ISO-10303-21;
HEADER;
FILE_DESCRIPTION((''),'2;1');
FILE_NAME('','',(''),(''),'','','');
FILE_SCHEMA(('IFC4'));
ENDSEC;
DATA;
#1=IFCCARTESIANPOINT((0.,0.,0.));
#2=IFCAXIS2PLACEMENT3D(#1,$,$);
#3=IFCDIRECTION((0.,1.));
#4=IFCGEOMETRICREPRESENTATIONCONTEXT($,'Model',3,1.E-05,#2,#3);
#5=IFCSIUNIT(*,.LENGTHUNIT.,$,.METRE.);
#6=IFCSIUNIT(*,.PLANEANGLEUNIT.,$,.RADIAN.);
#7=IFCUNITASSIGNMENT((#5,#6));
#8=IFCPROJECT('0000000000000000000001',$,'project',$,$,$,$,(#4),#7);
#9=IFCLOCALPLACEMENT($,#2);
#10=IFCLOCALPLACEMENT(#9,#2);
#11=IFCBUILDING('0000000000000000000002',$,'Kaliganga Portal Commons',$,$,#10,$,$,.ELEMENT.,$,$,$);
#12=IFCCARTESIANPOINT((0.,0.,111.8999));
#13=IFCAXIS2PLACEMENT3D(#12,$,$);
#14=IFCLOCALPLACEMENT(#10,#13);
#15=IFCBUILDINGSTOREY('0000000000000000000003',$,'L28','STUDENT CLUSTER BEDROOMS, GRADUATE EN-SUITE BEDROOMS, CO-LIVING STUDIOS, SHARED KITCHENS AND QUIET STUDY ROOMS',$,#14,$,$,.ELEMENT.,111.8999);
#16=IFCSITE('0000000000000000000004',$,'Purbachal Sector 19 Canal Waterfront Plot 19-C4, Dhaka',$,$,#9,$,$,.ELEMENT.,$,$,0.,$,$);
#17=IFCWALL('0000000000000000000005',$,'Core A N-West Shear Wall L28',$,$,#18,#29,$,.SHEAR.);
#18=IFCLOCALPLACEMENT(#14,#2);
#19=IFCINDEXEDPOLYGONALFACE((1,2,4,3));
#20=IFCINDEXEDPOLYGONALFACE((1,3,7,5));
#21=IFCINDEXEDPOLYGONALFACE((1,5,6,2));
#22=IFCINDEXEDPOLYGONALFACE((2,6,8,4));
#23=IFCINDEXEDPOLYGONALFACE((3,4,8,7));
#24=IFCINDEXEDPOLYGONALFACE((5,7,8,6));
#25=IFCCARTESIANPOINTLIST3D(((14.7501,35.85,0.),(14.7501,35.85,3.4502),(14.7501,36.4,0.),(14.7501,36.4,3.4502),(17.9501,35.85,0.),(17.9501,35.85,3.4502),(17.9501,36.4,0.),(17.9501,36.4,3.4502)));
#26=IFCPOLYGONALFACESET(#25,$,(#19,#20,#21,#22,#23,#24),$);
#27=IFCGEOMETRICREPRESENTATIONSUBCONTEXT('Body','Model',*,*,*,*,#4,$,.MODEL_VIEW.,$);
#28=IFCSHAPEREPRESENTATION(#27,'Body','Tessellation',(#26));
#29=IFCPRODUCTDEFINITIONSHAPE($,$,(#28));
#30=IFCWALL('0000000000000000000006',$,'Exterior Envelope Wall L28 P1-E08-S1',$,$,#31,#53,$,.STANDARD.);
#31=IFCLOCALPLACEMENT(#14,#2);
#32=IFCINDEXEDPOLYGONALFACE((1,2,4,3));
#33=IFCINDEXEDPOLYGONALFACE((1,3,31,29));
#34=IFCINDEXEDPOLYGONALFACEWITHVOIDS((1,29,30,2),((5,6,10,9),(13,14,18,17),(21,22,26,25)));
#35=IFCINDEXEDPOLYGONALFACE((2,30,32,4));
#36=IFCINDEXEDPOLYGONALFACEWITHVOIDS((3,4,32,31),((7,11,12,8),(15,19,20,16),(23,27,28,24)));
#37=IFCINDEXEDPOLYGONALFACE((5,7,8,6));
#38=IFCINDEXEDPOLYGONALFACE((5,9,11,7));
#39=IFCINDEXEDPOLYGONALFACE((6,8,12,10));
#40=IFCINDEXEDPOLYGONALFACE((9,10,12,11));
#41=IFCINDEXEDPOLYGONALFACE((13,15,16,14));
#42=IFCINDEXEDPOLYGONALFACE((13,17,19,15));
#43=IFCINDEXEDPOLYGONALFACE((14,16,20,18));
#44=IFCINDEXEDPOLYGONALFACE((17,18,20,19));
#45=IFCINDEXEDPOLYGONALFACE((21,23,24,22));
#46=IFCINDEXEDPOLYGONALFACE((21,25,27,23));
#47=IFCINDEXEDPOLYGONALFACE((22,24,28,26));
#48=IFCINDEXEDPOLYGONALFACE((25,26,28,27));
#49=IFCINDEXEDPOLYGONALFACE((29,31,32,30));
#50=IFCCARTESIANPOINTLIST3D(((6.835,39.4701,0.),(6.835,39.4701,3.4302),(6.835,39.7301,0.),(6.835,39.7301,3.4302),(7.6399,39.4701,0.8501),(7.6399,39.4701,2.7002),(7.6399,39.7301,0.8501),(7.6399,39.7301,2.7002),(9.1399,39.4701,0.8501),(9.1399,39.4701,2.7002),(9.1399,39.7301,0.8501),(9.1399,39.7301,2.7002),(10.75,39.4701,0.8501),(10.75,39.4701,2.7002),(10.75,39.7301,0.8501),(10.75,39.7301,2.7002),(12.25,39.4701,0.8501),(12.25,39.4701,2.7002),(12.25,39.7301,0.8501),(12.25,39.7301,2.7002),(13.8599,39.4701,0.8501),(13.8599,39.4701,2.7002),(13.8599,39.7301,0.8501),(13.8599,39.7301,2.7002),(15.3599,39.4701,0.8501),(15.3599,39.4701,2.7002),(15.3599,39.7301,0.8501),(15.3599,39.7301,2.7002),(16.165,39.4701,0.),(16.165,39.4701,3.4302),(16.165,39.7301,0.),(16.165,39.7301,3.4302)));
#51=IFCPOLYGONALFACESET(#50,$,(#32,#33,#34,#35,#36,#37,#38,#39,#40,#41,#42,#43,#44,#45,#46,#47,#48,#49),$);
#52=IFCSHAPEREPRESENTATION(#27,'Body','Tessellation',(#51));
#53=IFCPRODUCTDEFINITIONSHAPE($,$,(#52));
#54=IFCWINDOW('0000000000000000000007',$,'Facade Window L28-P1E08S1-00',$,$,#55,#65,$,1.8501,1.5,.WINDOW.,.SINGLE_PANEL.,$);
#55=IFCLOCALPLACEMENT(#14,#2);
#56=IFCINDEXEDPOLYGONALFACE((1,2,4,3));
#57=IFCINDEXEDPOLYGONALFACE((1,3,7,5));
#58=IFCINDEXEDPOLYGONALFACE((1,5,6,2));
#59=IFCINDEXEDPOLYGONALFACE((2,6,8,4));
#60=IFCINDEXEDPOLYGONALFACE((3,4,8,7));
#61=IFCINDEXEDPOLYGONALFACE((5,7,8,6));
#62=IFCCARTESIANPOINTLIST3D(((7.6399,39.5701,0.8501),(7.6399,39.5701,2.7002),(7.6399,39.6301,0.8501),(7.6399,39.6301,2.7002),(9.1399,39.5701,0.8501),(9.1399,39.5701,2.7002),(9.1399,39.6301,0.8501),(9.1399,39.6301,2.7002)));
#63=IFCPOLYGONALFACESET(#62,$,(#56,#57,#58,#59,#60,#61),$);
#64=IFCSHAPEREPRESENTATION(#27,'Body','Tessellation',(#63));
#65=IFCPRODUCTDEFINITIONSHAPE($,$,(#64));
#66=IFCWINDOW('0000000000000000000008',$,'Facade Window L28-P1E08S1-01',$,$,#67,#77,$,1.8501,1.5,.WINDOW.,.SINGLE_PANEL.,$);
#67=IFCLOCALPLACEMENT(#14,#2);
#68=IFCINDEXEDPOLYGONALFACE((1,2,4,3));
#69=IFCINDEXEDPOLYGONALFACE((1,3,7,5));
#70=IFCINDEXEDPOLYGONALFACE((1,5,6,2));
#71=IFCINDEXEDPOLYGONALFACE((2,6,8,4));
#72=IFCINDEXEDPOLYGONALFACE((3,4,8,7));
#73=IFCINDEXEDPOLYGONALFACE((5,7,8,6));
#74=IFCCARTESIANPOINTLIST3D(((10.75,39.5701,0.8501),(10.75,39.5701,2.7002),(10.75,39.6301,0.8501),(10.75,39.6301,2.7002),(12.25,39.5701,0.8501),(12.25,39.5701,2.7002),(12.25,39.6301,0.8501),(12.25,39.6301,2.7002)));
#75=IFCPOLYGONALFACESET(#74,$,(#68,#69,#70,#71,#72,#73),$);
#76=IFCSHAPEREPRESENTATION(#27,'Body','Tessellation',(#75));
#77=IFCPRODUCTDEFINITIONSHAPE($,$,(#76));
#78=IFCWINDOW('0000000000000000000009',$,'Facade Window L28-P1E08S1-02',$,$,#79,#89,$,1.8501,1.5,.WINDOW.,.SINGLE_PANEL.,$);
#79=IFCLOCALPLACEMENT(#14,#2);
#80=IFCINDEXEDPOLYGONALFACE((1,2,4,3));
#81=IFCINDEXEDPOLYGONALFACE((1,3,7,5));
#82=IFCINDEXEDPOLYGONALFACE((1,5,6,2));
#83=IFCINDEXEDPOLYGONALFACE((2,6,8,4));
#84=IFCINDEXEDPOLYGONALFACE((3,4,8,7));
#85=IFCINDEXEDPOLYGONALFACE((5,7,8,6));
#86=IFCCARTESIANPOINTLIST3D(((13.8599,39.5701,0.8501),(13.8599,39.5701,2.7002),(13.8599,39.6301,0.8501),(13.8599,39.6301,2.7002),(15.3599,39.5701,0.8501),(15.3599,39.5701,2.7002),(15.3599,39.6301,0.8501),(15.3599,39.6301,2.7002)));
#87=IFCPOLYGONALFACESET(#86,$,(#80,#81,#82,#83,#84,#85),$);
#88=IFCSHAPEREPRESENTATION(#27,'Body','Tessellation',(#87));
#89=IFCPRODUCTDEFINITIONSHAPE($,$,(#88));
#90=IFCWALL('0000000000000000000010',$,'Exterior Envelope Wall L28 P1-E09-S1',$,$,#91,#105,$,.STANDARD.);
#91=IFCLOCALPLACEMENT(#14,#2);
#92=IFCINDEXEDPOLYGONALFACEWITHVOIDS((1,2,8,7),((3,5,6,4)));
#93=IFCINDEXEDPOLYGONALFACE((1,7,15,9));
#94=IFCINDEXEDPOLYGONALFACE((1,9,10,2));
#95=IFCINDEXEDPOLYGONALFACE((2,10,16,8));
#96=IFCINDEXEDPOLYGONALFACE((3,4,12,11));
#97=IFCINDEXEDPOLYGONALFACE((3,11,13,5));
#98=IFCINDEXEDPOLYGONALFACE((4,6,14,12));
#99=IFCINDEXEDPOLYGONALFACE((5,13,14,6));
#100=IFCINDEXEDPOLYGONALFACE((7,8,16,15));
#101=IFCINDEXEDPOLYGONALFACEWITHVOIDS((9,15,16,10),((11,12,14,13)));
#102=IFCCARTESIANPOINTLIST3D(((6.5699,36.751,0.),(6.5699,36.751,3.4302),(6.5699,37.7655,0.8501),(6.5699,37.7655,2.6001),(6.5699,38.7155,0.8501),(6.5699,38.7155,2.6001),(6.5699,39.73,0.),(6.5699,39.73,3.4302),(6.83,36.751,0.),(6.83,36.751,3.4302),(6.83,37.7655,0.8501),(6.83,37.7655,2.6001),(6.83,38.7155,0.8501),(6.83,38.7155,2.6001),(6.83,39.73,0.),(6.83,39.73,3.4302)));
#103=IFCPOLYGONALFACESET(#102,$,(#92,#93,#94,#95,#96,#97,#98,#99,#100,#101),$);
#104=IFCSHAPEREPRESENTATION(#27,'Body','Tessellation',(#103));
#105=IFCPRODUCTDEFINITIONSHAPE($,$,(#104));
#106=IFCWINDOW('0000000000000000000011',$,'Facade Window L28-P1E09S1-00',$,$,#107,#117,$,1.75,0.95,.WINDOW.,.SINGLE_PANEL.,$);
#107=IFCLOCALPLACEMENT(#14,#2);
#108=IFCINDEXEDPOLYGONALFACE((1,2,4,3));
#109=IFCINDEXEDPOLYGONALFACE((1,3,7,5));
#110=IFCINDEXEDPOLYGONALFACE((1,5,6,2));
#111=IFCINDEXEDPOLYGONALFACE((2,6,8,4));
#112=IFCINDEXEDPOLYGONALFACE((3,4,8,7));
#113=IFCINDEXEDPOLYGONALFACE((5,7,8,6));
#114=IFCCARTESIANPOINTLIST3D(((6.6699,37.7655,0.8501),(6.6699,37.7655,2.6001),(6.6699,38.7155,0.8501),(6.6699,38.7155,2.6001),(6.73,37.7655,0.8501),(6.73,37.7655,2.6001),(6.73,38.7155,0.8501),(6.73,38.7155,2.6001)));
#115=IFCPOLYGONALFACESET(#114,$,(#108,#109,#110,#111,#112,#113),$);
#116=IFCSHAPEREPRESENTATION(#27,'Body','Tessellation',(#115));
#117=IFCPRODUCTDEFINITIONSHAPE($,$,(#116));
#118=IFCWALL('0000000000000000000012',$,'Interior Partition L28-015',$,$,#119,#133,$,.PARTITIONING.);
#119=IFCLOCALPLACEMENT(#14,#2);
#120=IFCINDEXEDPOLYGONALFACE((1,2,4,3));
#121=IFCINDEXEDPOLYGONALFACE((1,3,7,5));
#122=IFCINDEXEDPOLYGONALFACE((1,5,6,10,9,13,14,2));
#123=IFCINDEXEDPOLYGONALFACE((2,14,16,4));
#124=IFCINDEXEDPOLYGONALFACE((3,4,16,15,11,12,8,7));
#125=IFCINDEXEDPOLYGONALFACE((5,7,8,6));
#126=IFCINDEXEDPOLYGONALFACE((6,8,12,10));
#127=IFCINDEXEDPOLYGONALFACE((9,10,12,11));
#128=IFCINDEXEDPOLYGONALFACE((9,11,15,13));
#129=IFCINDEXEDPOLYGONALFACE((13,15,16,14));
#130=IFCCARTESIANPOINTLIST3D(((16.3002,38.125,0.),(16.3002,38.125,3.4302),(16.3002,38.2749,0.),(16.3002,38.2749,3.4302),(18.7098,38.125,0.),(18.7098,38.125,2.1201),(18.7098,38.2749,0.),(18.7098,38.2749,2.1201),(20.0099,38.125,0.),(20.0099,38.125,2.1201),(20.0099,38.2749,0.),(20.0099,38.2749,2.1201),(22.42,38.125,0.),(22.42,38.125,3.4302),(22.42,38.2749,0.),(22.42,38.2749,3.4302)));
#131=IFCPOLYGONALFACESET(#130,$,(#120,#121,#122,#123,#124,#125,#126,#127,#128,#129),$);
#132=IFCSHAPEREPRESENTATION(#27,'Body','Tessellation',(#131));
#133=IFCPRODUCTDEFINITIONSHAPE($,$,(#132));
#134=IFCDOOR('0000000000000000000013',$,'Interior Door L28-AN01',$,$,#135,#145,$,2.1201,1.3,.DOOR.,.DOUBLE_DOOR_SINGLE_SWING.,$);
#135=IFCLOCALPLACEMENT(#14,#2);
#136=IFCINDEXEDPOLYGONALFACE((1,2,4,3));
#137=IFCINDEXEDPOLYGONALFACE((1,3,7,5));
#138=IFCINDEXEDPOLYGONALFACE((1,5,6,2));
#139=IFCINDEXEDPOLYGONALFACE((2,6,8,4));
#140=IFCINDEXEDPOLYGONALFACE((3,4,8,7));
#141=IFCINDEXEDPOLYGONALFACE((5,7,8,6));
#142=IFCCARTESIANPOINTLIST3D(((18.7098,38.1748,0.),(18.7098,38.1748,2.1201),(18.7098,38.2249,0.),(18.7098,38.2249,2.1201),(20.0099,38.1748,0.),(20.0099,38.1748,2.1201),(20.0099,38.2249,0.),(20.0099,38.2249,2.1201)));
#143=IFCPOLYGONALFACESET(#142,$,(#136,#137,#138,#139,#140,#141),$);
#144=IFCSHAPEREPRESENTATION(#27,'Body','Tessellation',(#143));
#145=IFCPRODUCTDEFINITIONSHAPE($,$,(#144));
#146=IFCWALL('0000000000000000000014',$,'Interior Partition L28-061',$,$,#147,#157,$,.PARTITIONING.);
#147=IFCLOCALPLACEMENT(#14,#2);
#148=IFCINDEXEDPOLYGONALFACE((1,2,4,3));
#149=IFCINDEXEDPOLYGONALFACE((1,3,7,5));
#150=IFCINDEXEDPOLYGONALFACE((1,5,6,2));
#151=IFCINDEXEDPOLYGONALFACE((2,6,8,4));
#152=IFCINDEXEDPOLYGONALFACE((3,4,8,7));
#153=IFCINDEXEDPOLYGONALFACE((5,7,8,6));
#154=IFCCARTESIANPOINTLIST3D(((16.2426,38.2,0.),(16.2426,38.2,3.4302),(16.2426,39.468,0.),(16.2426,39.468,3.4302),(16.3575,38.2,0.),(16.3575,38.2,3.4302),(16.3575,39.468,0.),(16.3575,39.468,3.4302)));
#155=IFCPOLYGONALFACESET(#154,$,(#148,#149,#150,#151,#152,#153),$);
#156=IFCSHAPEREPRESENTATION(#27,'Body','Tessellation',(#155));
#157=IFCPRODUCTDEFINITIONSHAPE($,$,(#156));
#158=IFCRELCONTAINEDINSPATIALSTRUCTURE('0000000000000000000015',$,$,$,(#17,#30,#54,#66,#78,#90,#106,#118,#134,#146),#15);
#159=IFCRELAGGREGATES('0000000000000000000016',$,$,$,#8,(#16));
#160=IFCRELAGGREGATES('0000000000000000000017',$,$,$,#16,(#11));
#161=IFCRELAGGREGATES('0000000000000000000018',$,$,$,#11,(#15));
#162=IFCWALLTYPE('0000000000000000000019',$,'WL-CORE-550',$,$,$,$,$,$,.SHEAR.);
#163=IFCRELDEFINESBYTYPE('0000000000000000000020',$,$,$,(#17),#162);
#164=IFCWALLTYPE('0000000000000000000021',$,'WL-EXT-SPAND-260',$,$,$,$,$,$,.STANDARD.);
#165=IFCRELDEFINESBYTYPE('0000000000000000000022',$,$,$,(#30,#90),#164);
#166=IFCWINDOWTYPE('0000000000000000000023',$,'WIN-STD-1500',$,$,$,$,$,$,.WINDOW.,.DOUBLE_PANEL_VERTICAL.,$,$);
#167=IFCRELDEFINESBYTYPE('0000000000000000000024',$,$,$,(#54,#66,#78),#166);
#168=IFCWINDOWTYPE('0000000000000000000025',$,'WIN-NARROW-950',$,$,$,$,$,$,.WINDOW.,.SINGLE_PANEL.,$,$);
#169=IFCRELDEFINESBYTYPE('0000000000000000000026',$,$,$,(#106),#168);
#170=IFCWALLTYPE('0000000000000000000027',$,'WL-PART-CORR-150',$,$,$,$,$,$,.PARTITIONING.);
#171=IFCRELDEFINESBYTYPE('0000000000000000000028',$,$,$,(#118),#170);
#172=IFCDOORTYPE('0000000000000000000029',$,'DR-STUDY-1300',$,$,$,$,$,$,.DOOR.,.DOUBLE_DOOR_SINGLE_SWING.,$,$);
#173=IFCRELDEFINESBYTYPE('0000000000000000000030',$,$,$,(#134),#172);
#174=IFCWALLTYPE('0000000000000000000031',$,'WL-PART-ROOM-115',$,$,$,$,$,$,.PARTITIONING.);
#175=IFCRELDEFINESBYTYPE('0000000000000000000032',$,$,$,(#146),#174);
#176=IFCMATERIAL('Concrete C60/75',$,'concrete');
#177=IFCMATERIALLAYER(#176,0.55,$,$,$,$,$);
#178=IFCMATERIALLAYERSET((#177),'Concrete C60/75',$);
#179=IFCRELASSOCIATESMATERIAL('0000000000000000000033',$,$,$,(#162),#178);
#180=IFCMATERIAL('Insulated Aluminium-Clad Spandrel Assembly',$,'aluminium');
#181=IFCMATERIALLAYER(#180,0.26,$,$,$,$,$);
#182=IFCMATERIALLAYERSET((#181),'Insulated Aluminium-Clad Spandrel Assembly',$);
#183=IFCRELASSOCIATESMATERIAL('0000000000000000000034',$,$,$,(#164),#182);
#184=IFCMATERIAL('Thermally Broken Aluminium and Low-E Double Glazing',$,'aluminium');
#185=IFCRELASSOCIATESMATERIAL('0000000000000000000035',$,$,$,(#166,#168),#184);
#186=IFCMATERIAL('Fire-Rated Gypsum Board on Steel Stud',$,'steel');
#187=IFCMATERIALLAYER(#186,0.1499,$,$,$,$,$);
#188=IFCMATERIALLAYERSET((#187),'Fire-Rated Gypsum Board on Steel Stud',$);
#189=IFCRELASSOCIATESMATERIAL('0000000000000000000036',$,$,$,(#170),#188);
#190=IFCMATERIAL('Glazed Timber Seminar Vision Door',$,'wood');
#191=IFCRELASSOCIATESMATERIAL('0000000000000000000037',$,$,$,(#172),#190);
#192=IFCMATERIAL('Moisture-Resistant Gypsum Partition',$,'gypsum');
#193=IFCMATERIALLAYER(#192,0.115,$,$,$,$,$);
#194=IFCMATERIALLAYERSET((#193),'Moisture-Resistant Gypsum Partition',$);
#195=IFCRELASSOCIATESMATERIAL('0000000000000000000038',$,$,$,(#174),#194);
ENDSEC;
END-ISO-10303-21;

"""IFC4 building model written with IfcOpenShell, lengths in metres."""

from ifc_helpers import new_model, si_unit, direction, frame, frame_2d, origin, place, context, subcontext, project, spatial, rectangle, extrude, material, layer, layer_set, type_object, element, fill, save


model = new_model("IFC4")

# Units and contexts
model_context = context("Model", 3, precision=1e-05, world=origin(), true_north=direction((0.0, 1.0)))
body_context = subcontext(model_context, "Body", "Model", "MODEL_VIEW")
ifc_project = project(units=[si_unit("LENGTHUNIT", "METRE"), si_unit("PLANEANGLEUNIT", "RADIAN")], contexts=[model_context])

# Site, building, storey
site_placement = place(None, origin())
site = spatial("IfcSite", under=ifc_project, at=site_placement, Name="Purbachal Sector 19 Canal Waterfront Plot 19-C4, Dhaka", CompositionType="ELEMENT", RefElevation=0.0)
building_placement = place(site_placement, origin())
building = spatial("IfcBuilding", under=site, at=building_placement, Name="Kaliganga Portal Commons", CompositionType="ELEMENT")
storey_placement = place(building_placement, frame((0.0, 0.0, 111.8999)))
storey = spatial("IfcBuildingStorey", under=building, at=storey_placement, Name="L28", Description="STUDENT CLUSTER BEDROOMS, GRADUATE EN-SUITE BEDROOMS, CO-LIVING STUDIOS, SHARED KITCHENS AND QUIET STUDY ROOMS", CompositionType="ELEMENT", Elevation=111.8999)

# Shared definitions
ifc_material_1 = material(Name="Concrete C60/75", Category="concrete")

# Wall
ifc_layer_1 = layer(ifc_material_1, 0.55)
ifc_layer_set_1 = layer_set([ifc_layer_1], Name="Concrete C60/75")
wall_type_1 = type_object("IfcWallType", Name="WL-CORE-550", PredefinedType="SHEAR", material=ifc_layer_set_1)
wall_1_placement = place(storey_placement, frame((14.75, 36.125, 0.0), z_axis=(0.0, 0.0, 1.0), x_axis=(1.0, 0.0, 0.0)))
element("IfcWall", 1, at=wall_1_placement, inside=storey, type_object=wall_type_1, Name="Core A N-West Shear Wall L28", PredefinedType="SHEAR", context=body_context, shape_type="SweptSolid", body=[
    extrude(rectangle(XDim=3.2, YDim=0.55, at=frame_2d((1.6001, 0.0))), origin(), (0.0, 0.0, 1.0), 3.4502),
])

# Wall, openings, windows
ifc_material_2 = material(Name="Insulated Aluminium-Clad Spandrel Assembly", Category="aluminium")
ifc_layer_2 = layer(ifc_material_2, 0.26)
ifc_layer_set_2 = layer_set([ifc_layer_2], Name="Insulated Aluminium-Clad Spandrel Assembly")
wall_type_2 = type_object("IfcWallType", Name="WL-EXT-SPAND-260", PredefinedType="STANDARD", material=ifc_layer_set_2)
wall_2_placement = place(storey_placement, frame((6.835, 39.6001, 0.0), z_axis=(0.0, 0.0, 1.0), x_axis=(1.0, 0.0, 0.0)))
wall_2 = element("IfcWall", 2, at=wall_2_placement, inside=storey, type_object=wall_type_2, Name="Exterior Envelope Wall L28 P1-E08-S1", PredefinedType="STANDARD", context=body_context, shape_type="SweptSolid", body=[
    extrude(rectangle(XDim=9.3301, YDim=0.26, at=frame_2d((4.665, 0.0))), origin(), (0.0, 0.0, 1.0), 3.4302),
])
opening_1_placement = place(wall_2_placement, frame((0.8049, 0.0, 0.8501)))
opening_1 = element("IfcOpeningElement", 3, at=opening_1_placement, cuts=wall_2, PredefinedType="OPENING", context=body_context, shape_type="SweptSolid", body=[
    extrude(rectangle(XDim=1.5, YDim=1.8501, at=frame_2d((0.75, 0.925))), frame((0.0, 0.1401, 0.0), z_axis=(0.0, -1.0, 0.0), x_axis=(1.0, 0.0, 0.0)), (0.0, 0.0, 1.0), 0.28),
])
opening_2_placement = place(wall_2_placement, frame((3.915, 0.0, 0.8501)))
opening_2 = element("IfcOpeningElement", 4, at=opening_2_placement, cuts=wall_2, PredefinedType="OPENING", context=body_context, shape_type="SweptSolid", body=[
    extrude(rectangle(XDim=1.5, YDim=1.8501, at=frame_2d((0.75, 0.925))), frame((0.0, 0.1401, 0.0), z_axis=(0.0, -1.0, 0.0), x_axis=(1.0, 0.0, 0.0)), (0.0, 0.0, 1.0), 0.28),
])
opening_3_placement = place(wall_2_placement, frame((7.0249, 0.0, 0.8501)))
opening_3 = element("IfcOpeningElement", 5, at=opening_3_placement, cuts=wall_2, PredefinedType="OPENING", context=body_context, shape_type="SweptSolid", body=[
    extrude(rectangle(XDim=1.5, YDim=1.8501, at=frame_2d((0.75, 0.925))), frame((0.0, 0.1401, 0.0), z_axis=(0.0, -1.0, 0.0), x_axis=(1.0, 0.0, 0.0)), (0.0, 0.0, 1.0), 0.28),
])
ifc_material_3 = material(Name="Thermally Broken Aluminium and Low-E Double Glazing", Category="aluminium")
window_type_1 = type_object("IfcWindowType", Name="WIN-STD-1500", PartitioningType="DOUBLE_PANEL_VERTICAL", PredefinedType="WINDOW", material=ifc_material_3)
window_1_placement = place(opening_1_placement, origin())
window_1 = element("IfcWindow", 6, at=window_1_placement, inside=storey, type_object=window_type_1, Name="Facade Window L28-P1E08S1-00", OverallHeight=1.8501, OverallWidth=1.5, PartitioningType="SINGLE_PANEL", PredefinedType="WINDOW", context=body_context, shape_type="SweptSolid", body=[
    extrude(rectangle(XDim=1.5, YDim=1.8501, at=frame_2d((0.75, 0.925))), frame((0.0, 0.03, 0.0), z_axis=(0.0, -1.0, 0.0), x_axis=(1.0, 0.0, 0.0)), (0.0, 0.0, 1.0), 0.0601),
])
fill(opening_1, window_1)
window_2_placement = place(opening_2_placement, origin())
window_2 = element("IfcWindow", 7, at=window_2_placement, inside=storey, type_object=window_type_1, Name="Facade Window L28-P1E08S1-01", OverallHeight=1.8501, OverallWidth=1.5, PartitioningType="SINGLE_PANEL", PredefinedType="WINDOW", context=body_context, shape_type="SweptSolid", body=[
    extrude(rectangle(XDim=1.5, YDim=1.8501, at=frame_2d((0.75, 0.925))), frame((0.0, 0.03, 0.0), z_axis=(0.0, -1.0, 0.0), x_axis=(1.0, 0.0, 0.0)), (0.0, 0.0, 1.0), 0.0601),
])
fill(opening_2, window_2)
window_3_placement = place(opening_3_placement, origin())
window_3 = element("IfcWindow", 8, at=window_3_placement, inside=storey, type_object=window_type_1, Name="Facade Window L28-P1E08S1-02", OverallHeight=1.8501, OverallWidth=1.5, PartitioningType="SINGLE_PANEL", PredefinedType="WINDOW", context=body_context, shape_type="SweptSolid", body=[
    extrude(rectangle(XDim=1.5, YDim=1.8501, at=frame_2d((0.75, 0.925))), frame((0.0, 0.03, 0.0), z_axis=(0.0, -1.0, 0.0), x_axis=(1.0, 0.0, 0.0)), (0.0, 0.0, 1.0), 0.0601),
])
fill(opening_3, window_3)

# Wall, opening, window
wall_3_placement = place(storey_placement, frame((6.7, 36.751, 0.0), z_axis=(0.0, 0.0, 1.0), x_axis=(0.0, 1.0, 0.0)))
wall_3 = element("IfcWall", 9, at=wall_3_placement, inside=storey, type_object=wall_type_2, Name="Exterior Envelope Wall L28 P1-E09-S1", PredefinedType="STANDARD", context=body_context, shape_type="SweptSolid", body=[
    extrude(rectangle(XDim=2.979, YDim=0.26, at=frame_2d((1.4895, 0.0))), origin(), (0.0, 0.0, 1.0), 3.4302),
])
opening_4_placement = place(wall_3_placement, frame((1.0144, 0.0, 0.8501)))
opening_4 = element("IfcOpeningElement", 10, at=opening_4_placement, cuts=wall_3, PredefinedType="OPENING", context=body_context, shape_type="SweptSolid", body=[
    extrude(rectangle(XDim=0.95, YDim=1.75, at=frame_2d((0.4751, 0.875))), frame((0.0, 0.1401, 0.0), z_axis=(0.0, -1.0, 0.0), x_axis=(1.0, 0.0, 0.0)), (0.0, 0.0, 1.0), 0.28),
])
window_type_2 = type_object("IfcWindowType", Name="WIN-NARROW-950", PartitioningType="SINGLE_PANEL", PredefinedType="WINDOW", material=ifc_material_3)
window_4_placement = place(opening_4_placement, origin())
window_4 = element("IfcWindow", 11, at=window_4_placement, inside=storey, type_object=window_type_2, Name="Facade Window L28-P1E09S1-00", OverallHeight=1.75, OverallWidth=0.95, PartitioningType="SINGLE_PANEL", PredefinedType="WINDOW", context=body_context, shape_type="SweptSolid", body=[
    extrude(rectangle(XDim=0.95, YDim=1.75, at=frame_2d((0.4751, 0.875))), frame((0.0, 0.03, 0.0), z_axis=(0.0, -1.0, 0.0), x_axis=(1.0, 0.0, 0.0)), (0.0, 0.0, 1.0), 0.0601),
])
fill(opening_4, window_4)

# Wall, opening, door
ifc_material_4 = material(Name="Fire-Rated Gypsum Board on Steel Stud", Category="steel")
ifc_layer_3 = layer(ifc_material_4, 0.1499)
ifc_layer_set_3 = layer_set([ifc_layer_3], Name="Fire-Rated Gypsum Board on Steel Stud")
wall_type_3 = type_object("IfcWallType", Name="WL-PART-CORR-150", PredefinedType="PARTITIONING", material=ifc_layer_set_3)
wall_4_placement = place(storey_placement, frame((16.3, 38.2, 0.0), z_axis=(0.0, 0.0, 1.0), x_axis=(1.0, 0.0, 0.0)))
wall_4 = element("IfcWall", 12, at=wall_4_placement, inside=storey, type_object=wall_type_3, Name="Interior Partition L28-015", PredefinedType="PARTITIONING", context=body_context, shape_type="SweptSolid", body=[
    extrude(rectangle(XDim=6.1199, YDim=0.1499, at=frame_2d((3.0601, 0.0))), origin(), (0.0, 0.0, 1.0), 3.4302),
])
opening_5_placement = place(wall_4_placement, frame((2.4099, 0.0, 0.0)))
opening_5 = element("IfcOpeningElement", 13, at=opening_5_placement, cuts=wall_4, PredefinedType="OPENING", context=body_context, shape_type="SweptSolid", body=[
    extrude(rectangle(XDim=1.3, YDim=2.1201, at=frame_2d((0.6499, 1.0601))), frame((0.0, 0.085, 0.0), z_axis=(0.0, -1.0, 0.0), x_axis=(1.0, 0.0, 0.0)), (0.0, 0.0, 1.0), 0.1699),
])
ifc_material_5 = material(Name="Glazed Timber Seminar Vision Door", Category="wood")
door_type_1 = type_object("IfcDoorType", Name="DR-STUDY-1300", OperationType="DOUBLE_DOOR_SINGLE_SWING", PredefinedType="DOOR", material=ifc_material_5)
door_1_placement = place(opening_5_placement, origin())
door_1 = element("IfcDoor", 14, at=door_1_placement, inside=storey, type_object=door_type_1, Name="Interior Door L28-AN01", OperationType="DOUBLE_DOOR_SINGLE_SWING", OverallHeight=2.1201, OverallWidth=1.3, PredefinedType="DOOR", context=body_context, shape_type="SweptSolid", body=[
    extrude(rectangle(XDim=1.3, YDim=2.1201, at=frame_2d((0.6499, 1.0601))), frame((0.0, 0.0249, 0.0), z_axis=(0.0, -1.0, 0.0), x_axis=(1.0, 0.0, 0.0)), (0.0, 0.0, 1.0), 0.05),
])
fill(opening_5, door_1)

# Wall
ifc_material_6 = material(Name="Moisture-Resistant Gypsum Partition", Category="gypsum")
ifc_layer_4 = layer(ifc_material_6, 0.115)
ifc_layer_set_4 = layer_set([ifc_layer_4], Name="Moisture-Resistant Gypsum Partition")
wall_type_4 = type_object("IfcWallType", Name="WL-PART-ROOM-115", PredefinedType="PARTITIONING", material=ifc_layer_set_4)
wall_5_placement = place(storey_placement, frame((16.3, 38.2, 0.0), z_axis=(0.0, 0.0, 1.0), x_axis=(0.0, 1.0, 0.0)))
element("IfcWall", 15, at=wall_5_placement, inside=storey, type_object=wall_type_4, Name="Interior Partition L28-061", PredefinedType="PARTITIONING", context=body_context, shape_type="SweptSolid", body=[
    extrude(rectangle(XDim=1.2681, YDim=0.115, at=frame_2d((0.634, 0.0))), origin(), (0.0, 0.0, 1.0), 3.4302),
])

save(model, "model.ifc")
